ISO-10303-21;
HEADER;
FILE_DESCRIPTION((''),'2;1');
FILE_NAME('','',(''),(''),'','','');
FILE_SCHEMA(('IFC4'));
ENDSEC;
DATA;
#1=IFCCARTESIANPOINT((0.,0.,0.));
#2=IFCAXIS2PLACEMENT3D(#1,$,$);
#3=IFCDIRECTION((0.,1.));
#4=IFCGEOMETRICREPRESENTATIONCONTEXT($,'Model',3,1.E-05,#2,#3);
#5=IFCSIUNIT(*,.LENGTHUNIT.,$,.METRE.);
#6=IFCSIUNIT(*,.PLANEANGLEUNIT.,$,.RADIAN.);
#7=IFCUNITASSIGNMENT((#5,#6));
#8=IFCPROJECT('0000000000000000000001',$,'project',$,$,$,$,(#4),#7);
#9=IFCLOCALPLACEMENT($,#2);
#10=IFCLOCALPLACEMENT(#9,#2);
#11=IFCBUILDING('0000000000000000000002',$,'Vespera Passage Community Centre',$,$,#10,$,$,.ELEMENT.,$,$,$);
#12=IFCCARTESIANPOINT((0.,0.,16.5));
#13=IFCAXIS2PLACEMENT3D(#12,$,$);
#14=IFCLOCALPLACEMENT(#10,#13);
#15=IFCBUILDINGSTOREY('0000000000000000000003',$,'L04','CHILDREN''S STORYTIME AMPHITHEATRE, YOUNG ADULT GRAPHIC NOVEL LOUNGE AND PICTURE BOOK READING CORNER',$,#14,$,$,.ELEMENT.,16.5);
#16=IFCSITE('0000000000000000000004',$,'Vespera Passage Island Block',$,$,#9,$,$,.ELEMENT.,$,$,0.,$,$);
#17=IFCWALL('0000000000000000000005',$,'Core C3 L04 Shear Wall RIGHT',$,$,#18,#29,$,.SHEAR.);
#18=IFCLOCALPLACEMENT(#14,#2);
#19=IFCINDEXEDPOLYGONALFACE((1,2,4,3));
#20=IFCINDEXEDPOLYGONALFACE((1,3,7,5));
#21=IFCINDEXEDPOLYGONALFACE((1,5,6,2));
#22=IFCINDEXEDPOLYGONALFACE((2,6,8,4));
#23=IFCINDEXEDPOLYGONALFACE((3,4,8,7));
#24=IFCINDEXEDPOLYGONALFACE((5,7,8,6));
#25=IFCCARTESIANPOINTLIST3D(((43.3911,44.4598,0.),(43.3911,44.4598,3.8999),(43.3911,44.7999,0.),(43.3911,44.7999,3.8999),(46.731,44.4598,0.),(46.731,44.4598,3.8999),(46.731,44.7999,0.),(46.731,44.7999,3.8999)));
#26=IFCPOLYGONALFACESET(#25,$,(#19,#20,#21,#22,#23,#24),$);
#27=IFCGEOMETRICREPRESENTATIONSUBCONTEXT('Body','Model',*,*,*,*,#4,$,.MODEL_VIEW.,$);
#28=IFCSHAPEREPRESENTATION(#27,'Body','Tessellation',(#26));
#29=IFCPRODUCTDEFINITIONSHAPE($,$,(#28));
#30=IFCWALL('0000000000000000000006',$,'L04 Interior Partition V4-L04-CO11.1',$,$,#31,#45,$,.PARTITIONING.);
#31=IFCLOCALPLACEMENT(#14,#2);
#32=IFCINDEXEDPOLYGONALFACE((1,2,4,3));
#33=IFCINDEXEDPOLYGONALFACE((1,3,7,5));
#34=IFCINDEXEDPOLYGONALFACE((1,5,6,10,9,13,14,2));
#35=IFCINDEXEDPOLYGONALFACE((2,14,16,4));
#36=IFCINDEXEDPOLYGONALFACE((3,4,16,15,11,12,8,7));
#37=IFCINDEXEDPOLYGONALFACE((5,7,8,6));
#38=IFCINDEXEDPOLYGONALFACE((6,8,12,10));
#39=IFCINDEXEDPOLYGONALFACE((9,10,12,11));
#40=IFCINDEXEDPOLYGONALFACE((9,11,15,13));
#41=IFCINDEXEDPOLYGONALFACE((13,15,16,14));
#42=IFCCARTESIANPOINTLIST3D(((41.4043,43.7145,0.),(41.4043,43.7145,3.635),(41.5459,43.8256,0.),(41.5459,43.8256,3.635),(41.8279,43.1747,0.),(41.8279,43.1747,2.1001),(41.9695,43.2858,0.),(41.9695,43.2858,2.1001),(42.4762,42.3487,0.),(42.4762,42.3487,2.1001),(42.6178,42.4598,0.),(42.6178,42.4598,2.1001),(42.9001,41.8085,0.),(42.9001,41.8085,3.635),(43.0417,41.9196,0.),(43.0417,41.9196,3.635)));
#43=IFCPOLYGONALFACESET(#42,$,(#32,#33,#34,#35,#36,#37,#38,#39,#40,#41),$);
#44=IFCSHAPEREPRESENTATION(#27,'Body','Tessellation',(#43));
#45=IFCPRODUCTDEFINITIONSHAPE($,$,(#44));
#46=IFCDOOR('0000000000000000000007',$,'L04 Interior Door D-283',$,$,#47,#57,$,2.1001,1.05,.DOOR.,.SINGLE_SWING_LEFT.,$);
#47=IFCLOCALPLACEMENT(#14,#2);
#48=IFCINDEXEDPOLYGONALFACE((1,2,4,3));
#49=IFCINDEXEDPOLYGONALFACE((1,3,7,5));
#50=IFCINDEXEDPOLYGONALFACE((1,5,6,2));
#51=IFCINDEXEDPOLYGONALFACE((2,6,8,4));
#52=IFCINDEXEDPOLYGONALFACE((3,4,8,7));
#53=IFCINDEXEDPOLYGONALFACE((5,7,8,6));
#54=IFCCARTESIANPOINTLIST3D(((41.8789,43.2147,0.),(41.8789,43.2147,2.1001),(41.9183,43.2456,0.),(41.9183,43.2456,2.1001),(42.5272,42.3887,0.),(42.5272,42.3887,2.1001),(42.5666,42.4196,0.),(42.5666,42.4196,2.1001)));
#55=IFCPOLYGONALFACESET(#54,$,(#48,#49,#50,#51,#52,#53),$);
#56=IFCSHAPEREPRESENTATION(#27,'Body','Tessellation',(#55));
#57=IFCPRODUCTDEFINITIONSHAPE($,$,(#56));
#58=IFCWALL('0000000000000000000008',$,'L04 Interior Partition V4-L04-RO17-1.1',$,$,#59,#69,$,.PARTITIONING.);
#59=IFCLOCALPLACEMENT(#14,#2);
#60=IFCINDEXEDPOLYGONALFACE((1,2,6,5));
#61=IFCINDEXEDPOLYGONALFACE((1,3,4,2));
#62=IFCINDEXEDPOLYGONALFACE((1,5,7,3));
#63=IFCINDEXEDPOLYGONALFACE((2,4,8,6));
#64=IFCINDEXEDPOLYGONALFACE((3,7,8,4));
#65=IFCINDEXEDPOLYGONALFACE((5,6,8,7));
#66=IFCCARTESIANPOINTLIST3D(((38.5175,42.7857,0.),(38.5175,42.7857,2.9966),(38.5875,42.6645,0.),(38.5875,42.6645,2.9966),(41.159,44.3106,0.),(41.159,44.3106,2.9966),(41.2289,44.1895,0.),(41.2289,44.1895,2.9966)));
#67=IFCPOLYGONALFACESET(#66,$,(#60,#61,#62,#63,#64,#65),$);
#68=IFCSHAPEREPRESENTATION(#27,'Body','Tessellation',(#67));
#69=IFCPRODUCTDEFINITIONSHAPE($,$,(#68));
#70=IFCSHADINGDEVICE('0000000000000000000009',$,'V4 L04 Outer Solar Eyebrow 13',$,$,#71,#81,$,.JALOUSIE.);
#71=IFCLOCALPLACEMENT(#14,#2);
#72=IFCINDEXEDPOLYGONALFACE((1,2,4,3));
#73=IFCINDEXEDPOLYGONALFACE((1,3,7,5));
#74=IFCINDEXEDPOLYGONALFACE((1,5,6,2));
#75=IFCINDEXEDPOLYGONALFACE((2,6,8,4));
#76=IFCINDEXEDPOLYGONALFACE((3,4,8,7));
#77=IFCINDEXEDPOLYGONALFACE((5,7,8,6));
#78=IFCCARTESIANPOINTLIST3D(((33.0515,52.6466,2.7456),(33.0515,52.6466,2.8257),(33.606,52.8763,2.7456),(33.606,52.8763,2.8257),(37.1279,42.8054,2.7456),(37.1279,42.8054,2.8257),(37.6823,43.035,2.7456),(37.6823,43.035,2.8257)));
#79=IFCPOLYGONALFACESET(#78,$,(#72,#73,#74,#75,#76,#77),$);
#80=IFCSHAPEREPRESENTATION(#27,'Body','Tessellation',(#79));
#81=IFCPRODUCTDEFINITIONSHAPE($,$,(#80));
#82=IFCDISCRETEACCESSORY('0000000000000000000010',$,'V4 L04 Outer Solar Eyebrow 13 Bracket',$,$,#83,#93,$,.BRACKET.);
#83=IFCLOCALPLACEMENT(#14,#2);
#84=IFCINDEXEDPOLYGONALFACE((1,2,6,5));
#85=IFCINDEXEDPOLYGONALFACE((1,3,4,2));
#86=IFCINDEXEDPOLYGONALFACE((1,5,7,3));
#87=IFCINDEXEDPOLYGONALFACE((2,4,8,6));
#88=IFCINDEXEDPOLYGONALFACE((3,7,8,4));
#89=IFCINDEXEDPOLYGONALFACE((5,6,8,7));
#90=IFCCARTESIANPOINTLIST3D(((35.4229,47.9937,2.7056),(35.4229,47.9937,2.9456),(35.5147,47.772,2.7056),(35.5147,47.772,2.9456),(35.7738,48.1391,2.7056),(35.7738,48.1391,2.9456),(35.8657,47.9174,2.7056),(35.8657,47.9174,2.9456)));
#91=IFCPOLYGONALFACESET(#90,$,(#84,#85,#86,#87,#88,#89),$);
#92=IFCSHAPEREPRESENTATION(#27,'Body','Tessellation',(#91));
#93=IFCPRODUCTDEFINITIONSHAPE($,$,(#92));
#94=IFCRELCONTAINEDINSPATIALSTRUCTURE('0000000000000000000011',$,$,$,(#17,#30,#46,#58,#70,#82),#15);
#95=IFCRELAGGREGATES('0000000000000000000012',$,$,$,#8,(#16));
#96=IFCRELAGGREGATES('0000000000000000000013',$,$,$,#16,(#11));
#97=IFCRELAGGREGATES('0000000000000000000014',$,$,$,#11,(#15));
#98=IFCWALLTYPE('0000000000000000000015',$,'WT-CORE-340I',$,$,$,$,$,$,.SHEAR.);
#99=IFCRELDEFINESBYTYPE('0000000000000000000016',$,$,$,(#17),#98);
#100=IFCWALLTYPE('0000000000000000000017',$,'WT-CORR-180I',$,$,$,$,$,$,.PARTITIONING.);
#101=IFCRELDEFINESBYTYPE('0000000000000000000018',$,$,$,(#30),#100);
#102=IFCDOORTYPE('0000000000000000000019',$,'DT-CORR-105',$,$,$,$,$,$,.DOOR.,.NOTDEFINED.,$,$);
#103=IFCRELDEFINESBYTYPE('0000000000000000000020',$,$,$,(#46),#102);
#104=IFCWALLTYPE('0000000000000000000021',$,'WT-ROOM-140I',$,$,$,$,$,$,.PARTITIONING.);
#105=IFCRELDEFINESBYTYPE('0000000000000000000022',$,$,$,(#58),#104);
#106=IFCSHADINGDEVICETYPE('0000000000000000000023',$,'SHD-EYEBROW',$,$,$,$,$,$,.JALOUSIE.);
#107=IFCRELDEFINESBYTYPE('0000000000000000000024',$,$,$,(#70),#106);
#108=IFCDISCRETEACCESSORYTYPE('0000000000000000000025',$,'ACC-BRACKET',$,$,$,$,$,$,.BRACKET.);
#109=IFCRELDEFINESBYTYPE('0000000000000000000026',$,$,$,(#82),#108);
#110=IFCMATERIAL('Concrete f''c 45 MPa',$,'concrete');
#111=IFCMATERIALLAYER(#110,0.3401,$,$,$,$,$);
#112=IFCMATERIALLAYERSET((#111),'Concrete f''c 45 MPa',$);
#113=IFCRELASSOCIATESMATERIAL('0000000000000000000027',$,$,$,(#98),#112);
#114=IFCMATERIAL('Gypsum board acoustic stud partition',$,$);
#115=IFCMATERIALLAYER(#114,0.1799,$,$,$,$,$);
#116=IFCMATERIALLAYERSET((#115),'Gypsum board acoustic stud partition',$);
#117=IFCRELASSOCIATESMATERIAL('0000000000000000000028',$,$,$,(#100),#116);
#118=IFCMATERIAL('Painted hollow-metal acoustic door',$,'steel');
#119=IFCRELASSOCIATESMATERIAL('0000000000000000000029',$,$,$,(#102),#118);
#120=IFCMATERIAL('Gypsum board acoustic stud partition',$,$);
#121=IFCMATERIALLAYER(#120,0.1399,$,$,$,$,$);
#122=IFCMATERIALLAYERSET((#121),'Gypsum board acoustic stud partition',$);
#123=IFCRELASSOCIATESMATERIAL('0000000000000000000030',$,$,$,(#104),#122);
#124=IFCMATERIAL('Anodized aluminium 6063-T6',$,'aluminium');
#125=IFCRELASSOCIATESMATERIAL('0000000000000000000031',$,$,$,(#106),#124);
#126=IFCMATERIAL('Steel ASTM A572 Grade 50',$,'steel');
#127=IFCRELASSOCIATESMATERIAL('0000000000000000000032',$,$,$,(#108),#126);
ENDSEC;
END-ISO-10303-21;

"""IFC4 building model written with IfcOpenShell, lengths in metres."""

from ifc_helpers import new_model, si_unit, direction, frame, frame_2d, origin, origin_2d, place, context, subcontext, project, spatial, rectangle, extrude, material, layer, layer_set, type_object, element, fill, save


model = new_model("IFC4")

# Units and contexts
model_context = context("Model", 3, precision=1e-05, world=origin(), true_north=direction((0.0, 1.0)))
body_context = subcontext(model_context, "Body", "Model", "MODEL_VIEW")
ifc_project = project(units=[si_unit("LENGTHUNIT", "METRE"), si_unit("PLANEANGLEUNIT", "RADIAN")], contexts=[model_context])

# Site, building, storey
site_placement = place(None, origin())
site = spatial("IfcSite", under=ifc_project, at=site_placement, Name="Vespera Passage Island Block", CompositionType="ELEMENT", RefElevation=0.0)
building_placement = place(site_placement, origin())
building = spatial("IfcBuilding", under=site, at=building_placement, Name="Vespera Passage Community Centre", CompositionType="ELEMENT")
storey_placement = place(building_placement, frame((0.0, 0.0, 16.5)))
storey = spatial("IfcBuildingStorey", under=building, at=storey_placement, Name="L04", Description="CHILDREN'S STORYTIME AMPHITHEATRE, YOUNG ADULT GRAPHIC NOVEL LOUNGE AND PICTURE BOOK READING CORNER", CompositionType="ELEMENT", Elevation=16.5)

# Wall
ifc_material_1 = material(Name="Concrete f'c 45 MPa", Category="concrete")
ifc_layer_1 = layer(ifc_material_1, 0.3401)
ifc_layer_set_1 = layer_set([ifc_layer_1], Name="Concrete f'c 45 MPa")
wall_type_1 = type_object("IfcWallType", Name="WT-CORE-340I", PredefinedType="SHEAR", material=ifc_layer_set_1)
wall_1_placement = place(storey_placement, frame((43.3911, 44.6299, 0.0), z_axis=(0.0, 0.0, 1.0), x_axis=(1.0, 0.0, 0.0)))
element("IfcWall", 1, at=wall_1_placement, inside=storey, type_object=wall_type_1, Name="Core C3 L04 Shear Wall RIGHT", PredefinedType="SHEAR", context=body_context, shape_type="SweptSolid", body=[
    extrude(rectangle(XDim=3.3398, YDim=0.3401, at=frame_2d((1.6699, 0.0))), origin(), (0.0, 0.0, 1.0), 3.8999),
])

# Wall, opening, door
ifc_material_2 = material(Name="Gypsum board acoustic stud partition")
ifc_layer_2 = layer(ifc_material_2, 0.1799)
ifc_layer_set_2 = layer_set([ifc_layer_2], Name="Gypsum board acoustic stud partition")
wall_type_2 = type_object("IfcWallType", Name="WT-CORR-180I", PredefinedType="PARTITIONING", material=ifc_layer_set_2)
wall_2_placement = place(storey_placement, frame((41.4751, 43.77, 0.0), z_axis=(0.0, 0.0, 1.0), x_axis=(0.617381, -0.786664, 0.0)))
wall_2 = element("IfcWall", 2, at=wall_2_placement, inside=storey, type_object=wall_type_2, Name="L04 Interior Partition V4-L04-CO11.1", PredefinedType="PARTITIONING", context=body_context, shape_type="SweptSolid", body=[
    extrude(rectangle(XDim=2.4229, YDim=0.1799, at=frame_2d((1.2114, 0.0))), origin(), (0.0, 0.0, 1.0), 3.635),
])
opening_placement = place(wall_2_placement, frame((0.6863, 0.0, 0.0)))
opening = element("IfcOpeningElement", 3, at=opening_placement, cuts=wall_2, PredefinedType="OPENING", context=body_context, shape_type="SweptSolid", body=[
    extrude(rectangle(XDim=1.05, YDim=2.1001, at=frame_2d((0.5249, 1.05))), frame((0.0, 0.0999, 0.0), z_axis=(0.0, -1.0, 0.0), x_axis=(1.0, 0.0, 0.0)), (0.0, 0.0, 1.0), 0.2),
])
ifc_material_3 = material(Name="Painted hollow-metal acoustic door", Category="steel")
door_type = type_object("IfcDoorType", Name="DT-CORR-105", OperationType="NOTDEFINED", PredefinedType="DOOR", material=ifc_material_3)
door_placement = place(opening_placement, origin())
door = element("IfcDoor", 4, at=door_placement, inside=storey, type_object=door_type, Name="L04 Interior Door D-283", OperationType="SINGLE_SWING_LEFT", OverallHeight=2.1001, OverallWidth=1.05, PredefinedType="DOOR", context=body_context, shape_type="SweptSolid", body=[
    extrude(rectangle(XDim=1.05, YDim=2.1001, at=frame_2d((0.5249, 1.05))), frame((0.0, 0.0249, 0.0), z_axis=(0.0, -1.0, 0.0), x_axis=(1.0, 0.0, 0.0)), (0.0, 0.0, 1.0), 0.05),
])
fill(opening, door)

# Wall
ifc_material_4 = material(Name="Gypsum board acoustic stud partition")
ifc_layer_3 = layer(ifc_material_4, 0.1399)
ifc_layer_set_3 = layer_set([ifc_layer_3], Name="Gypsum board acoustic stud partition")
wall_type_3 = type_object("IfcWallType", Name="WT-ROOM-140I", PredefinedType="PARTITIONING", material=ifc_layer_set_3)
wall_3_placement = place(storey_placement, frame((41.1938, 44.25, 0.0), z_axis=(0.0, 0.0, 1.0), x_axis=(-0.866038, -0.499979, 0.0)))
element("IfcWall", 5, at=wall_3_placement, inside=storey, type_object=wall_type_3, Name="L04 Interior Partition V4-L04-RO17-1.1", PredefinedType="PARTITIONING", context=body_context, shape_type="SweptSolid", body=[
    extrude(rectangle(XDim=3.05, YDim=0.1399, at=frame_2d((1.5249, 0.0))), origin(), (0.0, 0.0, 1.0), 2.9966),
])

# Shading device
ifc_material_5 = material(Name="Anodized aluminium 6063-T6", Category="aluminium")
shading_device_type = type_object("IfcShadingDeviceType", Name="SHD-EYEBROW", PredefinedType="JALOUSIE", material=ifc_material_5)
shading_device_placement = place(storey_placement, frame((35.3669, 47.8408, 2.7456), z_axis=(0.0, 0.0, 1.0), x_axis=(-0.382683, 0.92388, 0.0)))
element("IfcShadingDevice", 6, at=shading_device_placement, inside=storey, type_object=shading_device_type, Name="V4 L04 Outer Solar Eyebrow 13", PredefinedType="JALOUSIE", context=body_context, shape_type="SweptSolid", body=[
    extrude(rectangle(XDim=10.6521, YDim=0.6001, at=origin_2d()), origin(), (0.0, 0.0, 1.0), 0.0801),
])

# Discrete accessory
ifc_material_6 = material(Name="Steel ASTM A572 Grade 50", Category="steel")
discrete_accessory_type = type_object("IfcDiscreteAccessoryType", Name="ACC-BRACKET", PredefinedType="BRACKET", material=ifc_material_6)
discrete_accessory_placement = place(storey_placement, frame((35.6443, 47.9556, 2.7056), z_axis=(0.0, 0.0, 1.0), x_axis=(-0.382683, 0.92388, 0.0)))
element("IfcDiscreteAccessory", 7, at=discrete_accessory_placement, inside=storey, type_object=discrete_accessory_type, Name="V4 L04 Outer Solar Eyebrow 13 Bracket", PredefinedType="BRACKET", context=body_context, shape_type="SweptSolid", body=[
    extrude(rectangle(XDim=0.24, YDim=0.3799, at=origin_2d()), origin(), (0.0, 0.0, 1.0), 0.24),
])

save(model, "model.ifc")
